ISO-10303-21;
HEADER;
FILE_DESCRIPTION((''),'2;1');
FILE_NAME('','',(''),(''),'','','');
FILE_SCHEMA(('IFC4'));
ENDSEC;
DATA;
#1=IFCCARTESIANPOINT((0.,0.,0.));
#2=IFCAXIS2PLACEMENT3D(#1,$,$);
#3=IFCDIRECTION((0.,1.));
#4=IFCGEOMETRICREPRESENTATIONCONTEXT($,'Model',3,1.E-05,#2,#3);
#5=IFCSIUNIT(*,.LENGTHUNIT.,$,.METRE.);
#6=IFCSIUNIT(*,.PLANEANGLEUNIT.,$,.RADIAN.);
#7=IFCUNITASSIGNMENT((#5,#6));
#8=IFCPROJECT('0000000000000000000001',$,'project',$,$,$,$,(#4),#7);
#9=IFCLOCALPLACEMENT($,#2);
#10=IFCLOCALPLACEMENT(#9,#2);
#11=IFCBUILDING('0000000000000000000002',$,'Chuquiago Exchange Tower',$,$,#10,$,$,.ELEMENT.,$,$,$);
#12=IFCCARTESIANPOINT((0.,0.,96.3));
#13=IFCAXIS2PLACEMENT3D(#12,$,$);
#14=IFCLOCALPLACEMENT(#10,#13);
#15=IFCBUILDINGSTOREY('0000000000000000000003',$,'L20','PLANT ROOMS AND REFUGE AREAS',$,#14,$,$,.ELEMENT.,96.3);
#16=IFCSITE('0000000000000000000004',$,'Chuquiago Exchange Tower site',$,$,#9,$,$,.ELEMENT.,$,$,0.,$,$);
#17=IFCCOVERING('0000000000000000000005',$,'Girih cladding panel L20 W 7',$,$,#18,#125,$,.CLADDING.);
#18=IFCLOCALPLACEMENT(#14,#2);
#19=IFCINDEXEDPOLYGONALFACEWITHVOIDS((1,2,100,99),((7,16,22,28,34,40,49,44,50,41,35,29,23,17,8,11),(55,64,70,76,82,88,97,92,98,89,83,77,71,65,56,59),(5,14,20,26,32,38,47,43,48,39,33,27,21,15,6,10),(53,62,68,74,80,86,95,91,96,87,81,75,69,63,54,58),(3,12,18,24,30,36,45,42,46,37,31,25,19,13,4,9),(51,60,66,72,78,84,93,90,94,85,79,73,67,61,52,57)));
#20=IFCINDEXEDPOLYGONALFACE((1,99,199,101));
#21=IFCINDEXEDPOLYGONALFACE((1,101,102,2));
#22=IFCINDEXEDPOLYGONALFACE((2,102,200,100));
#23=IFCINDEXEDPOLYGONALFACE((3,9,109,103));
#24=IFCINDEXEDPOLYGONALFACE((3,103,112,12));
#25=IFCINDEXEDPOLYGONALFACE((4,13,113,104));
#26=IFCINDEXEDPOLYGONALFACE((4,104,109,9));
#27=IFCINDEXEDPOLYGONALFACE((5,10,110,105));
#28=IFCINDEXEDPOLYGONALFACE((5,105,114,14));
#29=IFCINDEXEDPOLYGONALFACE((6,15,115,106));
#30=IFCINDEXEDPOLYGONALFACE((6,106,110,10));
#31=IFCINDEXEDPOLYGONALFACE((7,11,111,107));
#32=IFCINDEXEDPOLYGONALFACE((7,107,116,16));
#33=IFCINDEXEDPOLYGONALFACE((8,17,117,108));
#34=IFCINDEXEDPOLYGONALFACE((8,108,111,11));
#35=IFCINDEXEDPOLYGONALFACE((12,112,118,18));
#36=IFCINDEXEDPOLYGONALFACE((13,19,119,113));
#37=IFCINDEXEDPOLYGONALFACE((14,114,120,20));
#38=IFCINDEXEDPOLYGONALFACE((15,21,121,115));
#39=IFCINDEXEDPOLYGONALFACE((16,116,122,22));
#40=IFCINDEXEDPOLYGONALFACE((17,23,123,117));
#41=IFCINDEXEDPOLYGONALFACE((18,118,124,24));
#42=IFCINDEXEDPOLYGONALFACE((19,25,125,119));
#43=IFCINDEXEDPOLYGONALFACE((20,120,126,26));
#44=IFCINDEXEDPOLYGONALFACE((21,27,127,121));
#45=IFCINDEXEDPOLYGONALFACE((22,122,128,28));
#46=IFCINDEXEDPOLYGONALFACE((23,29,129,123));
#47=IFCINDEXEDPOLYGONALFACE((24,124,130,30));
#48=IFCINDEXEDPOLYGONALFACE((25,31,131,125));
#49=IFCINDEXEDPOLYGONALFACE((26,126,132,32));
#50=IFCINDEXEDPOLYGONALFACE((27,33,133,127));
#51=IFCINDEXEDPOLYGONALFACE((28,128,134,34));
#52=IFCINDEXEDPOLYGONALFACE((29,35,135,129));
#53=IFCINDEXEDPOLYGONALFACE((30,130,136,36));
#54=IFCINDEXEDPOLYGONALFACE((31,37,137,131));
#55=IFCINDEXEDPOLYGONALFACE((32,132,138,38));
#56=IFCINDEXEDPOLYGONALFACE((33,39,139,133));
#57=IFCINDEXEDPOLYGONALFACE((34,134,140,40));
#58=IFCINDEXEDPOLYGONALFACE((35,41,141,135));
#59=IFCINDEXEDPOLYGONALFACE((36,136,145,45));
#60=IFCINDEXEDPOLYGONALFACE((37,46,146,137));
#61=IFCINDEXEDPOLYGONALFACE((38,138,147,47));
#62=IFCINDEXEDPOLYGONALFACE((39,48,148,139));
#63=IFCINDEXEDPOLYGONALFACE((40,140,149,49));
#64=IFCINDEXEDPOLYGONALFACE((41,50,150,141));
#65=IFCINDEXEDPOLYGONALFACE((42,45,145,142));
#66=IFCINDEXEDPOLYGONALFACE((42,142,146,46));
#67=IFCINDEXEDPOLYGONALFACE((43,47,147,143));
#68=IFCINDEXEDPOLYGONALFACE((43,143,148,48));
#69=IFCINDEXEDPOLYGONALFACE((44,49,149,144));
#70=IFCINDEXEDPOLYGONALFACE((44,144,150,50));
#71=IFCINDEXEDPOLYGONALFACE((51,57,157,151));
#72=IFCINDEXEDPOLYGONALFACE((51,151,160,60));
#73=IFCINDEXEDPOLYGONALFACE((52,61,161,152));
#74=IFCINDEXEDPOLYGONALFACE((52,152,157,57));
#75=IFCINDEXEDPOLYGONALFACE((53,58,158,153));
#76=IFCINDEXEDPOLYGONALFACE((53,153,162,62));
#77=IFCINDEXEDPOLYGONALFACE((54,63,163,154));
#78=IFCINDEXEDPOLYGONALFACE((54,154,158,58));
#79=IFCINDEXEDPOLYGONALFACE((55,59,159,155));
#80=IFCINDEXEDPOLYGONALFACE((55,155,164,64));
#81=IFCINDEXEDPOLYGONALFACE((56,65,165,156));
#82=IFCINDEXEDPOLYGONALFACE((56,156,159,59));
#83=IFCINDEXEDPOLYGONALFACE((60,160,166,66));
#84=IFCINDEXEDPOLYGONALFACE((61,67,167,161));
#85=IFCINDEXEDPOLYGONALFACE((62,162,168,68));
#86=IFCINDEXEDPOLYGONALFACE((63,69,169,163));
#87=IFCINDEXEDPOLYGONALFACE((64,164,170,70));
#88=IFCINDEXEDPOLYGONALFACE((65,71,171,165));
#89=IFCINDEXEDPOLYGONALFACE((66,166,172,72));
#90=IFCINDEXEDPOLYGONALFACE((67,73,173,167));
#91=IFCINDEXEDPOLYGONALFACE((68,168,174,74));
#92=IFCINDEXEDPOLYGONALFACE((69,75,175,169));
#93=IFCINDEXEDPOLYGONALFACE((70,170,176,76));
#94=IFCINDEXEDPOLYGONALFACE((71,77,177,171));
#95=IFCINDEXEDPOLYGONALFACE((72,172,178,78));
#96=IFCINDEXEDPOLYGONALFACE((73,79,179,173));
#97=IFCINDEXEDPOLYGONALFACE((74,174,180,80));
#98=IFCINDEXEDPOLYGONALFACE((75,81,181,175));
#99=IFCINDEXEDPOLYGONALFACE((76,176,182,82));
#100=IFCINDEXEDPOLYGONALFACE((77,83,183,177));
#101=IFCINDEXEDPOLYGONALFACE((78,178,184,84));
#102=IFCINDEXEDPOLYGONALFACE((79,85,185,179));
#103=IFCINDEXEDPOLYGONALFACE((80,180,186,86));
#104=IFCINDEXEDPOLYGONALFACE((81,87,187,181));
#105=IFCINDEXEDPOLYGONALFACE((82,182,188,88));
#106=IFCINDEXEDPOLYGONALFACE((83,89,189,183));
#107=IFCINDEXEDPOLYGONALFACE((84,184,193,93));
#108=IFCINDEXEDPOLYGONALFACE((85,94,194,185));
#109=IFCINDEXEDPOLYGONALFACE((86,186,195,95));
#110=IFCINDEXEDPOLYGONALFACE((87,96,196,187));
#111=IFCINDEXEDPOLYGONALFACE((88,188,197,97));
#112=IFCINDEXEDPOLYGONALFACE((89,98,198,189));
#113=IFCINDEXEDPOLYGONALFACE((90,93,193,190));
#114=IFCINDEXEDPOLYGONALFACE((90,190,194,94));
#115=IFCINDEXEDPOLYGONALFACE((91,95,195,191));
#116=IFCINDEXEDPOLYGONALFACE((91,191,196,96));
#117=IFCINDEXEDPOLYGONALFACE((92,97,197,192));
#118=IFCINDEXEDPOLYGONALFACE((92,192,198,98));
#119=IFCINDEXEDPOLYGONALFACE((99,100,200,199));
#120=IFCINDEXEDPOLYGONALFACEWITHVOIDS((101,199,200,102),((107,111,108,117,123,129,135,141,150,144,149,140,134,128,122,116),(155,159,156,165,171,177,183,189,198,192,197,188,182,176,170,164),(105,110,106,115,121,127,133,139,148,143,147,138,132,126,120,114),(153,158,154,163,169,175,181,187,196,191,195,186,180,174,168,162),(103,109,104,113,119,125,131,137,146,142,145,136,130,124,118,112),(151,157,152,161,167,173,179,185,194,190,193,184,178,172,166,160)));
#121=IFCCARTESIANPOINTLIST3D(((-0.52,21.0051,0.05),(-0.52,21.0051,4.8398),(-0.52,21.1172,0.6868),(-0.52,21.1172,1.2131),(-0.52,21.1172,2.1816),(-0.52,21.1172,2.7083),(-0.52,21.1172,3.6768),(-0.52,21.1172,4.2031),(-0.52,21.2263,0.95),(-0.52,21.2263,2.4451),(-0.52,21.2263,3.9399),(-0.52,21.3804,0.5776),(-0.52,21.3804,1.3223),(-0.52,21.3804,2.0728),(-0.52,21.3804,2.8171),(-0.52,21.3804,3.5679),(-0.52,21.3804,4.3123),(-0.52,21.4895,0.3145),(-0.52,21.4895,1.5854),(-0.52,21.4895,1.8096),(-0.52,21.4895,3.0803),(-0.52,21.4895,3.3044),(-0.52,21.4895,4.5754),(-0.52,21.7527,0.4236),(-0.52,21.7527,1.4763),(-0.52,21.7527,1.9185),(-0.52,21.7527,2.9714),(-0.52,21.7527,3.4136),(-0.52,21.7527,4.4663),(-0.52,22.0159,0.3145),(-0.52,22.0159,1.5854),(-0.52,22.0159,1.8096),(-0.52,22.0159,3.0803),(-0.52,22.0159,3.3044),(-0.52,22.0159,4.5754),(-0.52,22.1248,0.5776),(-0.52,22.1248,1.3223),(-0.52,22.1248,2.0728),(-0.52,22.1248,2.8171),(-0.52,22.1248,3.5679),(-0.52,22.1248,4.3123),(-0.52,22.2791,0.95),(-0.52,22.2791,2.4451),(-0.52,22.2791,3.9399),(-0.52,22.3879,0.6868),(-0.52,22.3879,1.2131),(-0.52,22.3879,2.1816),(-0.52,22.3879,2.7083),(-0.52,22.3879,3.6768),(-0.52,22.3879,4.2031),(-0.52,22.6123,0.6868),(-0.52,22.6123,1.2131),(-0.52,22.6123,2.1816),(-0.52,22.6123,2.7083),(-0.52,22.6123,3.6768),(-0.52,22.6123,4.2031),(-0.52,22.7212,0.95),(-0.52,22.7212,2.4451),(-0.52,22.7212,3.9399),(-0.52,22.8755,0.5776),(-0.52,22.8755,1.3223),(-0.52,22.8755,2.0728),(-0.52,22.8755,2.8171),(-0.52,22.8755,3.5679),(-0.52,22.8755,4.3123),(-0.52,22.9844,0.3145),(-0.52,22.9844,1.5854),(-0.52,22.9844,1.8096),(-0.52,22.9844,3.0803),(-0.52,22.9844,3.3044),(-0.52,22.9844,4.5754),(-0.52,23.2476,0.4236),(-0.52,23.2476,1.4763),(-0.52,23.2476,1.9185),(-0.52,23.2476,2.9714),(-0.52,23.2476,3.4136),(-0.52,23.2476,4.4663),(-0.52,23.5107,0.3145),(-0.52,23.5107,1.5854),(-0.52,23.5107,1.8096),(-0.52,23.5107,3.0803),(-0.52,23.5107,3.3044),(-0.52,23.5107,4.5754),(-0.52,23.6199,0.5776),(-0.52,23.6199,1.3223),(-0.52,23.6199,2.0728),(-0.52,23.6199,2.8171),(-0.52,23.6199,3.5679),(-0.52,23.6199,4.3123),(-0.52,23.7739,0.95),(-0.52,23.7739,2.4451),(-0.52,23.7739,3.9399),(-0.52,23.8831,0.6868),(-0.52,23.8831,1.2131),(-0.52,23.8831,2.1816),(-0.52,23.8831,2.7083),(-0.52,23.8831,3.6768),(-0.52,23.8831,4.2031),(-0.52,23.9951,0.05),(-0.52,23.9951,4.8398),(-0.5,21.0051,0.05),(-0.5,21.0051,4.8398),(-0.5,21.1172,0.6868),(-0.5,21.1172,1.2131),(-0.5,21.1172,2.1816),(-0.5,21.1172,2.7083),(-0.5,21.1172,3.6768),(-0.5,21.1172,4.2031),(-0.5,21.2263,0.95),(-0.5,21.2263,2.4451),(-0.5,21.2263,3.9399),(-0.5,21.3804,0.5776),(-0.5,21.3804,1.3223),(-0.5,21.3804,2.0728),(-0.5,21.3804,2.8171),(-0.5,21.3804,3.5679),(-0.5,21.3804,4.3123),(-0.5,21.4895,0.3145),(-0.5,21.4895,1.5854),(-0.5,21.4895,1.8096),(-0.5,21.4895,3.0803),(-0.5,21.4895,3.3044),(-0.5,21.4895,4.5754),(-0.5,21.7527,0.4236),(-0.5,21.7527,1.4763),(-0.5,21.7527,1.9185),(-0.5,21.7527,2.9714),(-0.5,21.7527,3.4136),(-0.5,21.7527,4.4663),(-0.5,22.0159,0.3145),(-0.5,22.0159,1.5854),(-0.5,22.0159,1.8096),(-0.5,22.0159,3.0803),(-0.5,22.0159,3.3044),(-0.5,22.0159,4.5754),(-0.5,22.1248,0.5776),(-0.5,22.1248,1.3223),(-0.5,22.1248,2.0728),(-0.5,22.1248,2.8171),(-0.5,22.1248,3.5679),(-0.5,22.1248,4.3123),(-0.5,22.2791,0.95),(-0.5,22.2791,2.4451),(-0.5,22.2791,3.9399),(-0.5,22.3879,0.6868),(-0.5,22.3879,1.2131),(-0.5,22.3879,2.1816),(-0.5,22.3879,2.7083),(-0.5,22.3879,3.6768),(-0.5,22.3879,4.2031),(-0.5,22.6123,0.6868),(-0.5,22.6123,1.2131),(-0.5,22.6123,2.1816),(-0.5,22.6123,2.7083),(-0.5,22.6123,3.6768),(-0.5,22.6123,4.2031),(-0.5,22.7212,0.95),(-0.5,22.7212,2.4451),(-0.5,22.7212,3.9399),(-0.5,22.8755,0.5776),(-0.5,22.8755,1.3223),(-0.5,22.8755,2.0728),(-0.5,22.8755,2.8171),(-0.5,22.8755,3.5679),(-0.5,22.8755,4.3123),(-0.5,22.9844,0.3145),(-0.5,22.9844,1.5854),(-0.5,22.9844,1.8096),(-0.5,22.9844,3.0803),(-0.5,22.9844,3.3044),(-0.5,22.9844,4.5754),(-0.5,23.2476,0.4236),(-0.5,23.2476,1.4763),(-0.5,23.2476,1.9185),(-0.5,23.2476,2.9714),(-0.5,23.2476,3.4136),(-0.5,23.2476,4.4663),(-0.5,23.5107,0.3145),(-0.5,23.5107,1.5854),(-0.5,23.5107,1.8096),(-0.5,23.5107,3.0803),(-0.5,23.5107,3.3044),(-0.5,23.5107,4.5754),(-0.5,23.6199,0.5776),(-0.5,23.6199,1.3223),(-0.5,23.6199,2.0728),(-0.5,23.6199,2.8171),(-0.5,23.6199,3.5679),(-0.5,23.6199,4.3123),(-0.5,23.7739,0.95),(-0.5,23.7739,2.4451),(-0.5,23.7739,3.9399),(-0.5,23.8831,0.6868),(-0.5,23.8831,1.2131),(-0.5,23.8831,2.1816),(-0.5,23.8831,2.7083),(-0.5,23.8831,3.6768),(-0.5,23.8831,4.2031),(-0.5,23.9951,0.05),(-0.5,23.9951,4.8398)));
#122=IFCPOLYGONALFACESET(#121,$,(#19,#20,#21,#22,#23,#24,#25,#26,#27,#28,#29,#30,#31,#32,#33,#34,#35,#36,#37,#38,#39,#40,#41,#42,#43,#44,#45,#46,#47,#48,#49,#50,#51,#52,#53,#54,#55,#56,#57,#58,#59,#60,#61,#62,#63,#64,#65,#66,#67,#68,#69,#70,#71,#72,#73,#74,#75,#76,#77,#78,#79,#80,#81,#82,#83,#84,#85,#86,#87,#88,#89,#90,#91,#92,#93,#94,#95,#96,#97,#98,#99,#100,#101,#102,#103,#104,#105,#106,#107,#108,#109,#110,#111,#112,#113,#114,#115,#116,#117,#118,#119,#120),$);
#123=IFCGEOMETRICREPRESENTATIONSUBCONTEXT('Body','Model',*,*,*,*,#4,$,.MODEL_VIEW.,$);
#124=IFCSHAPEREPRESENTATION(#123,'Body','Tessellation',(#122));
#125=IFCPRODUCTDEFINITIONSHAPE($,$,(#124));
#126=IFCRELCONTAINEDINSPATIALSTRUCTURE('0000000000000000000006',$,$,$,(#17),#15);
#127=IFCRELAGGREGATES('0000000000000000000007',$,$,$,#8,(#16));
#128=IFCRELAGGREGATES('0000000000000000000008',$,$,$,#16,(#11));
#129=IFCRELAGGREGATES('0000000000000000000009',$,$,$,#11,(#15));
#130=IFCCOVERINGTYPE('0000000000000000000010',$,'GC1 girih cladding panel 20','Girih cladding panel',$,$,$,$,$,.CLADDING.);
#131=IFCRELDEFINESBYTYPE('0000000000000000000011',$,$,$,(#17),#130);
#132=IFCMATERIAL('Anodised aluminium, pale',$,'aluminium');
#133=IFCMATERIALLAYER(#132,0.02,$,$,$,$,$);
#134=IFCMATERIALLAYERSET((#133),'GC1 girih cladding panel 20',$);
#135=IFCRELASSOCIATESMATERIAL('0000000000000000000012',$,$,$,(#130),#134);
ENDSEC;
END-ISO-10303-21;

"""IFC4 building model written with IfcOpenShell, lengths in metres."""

from ifc_helpers import new_model, si_unit, direction, frame, origin, place, context, subcontext, project, spatial, polyline, outline, extrude, material, layer, layer_set, type_object, element, save


model = new_model("IFC4")

# Units and contexts
model_context = context("Model", 3, precision=1e-05, world=origin(), true_north=direction((0.0, 1.0)))
body_context = subcontext(model_context, "Body", "Model", "MODEL_VIEW")
ifc_project = project(units=[si_unit("LENGTHUNIT", "METRE"), si_unit("PLANEANGLEUNIT", "RADIAN")], contexts=[model_context])

# Site, building, storey
site_placement = place(None, origin())
site = spatial("IfcSite", under=ifc_project, at=site_placement, Name="Chuquiago Exchange Tower site", CompositionType="ELEMENT", RefElevation=0.0)
building_placement = place(site_placement, origin())
building = spatial("IfcBuilding", under=site, at=building_placement, Name="Chuquiago Exchange Tower", CompositionType="ELEMENT")
storey_placement = place(building_placement, frame((0.0, 0.0, 96.3)))
storey = spatial("IfcBuildingStorey", under=building, at=storey_placement, Name="L20", Description="PLANT ROOMS AND REFUGE AREAS", CompositionType="ELEMENT", Elevation=96.3)

# Covering
ifc_material_1 = material(Name="Anodised aluminium, pale", Category="aluminium")
ifc_layer_1 = layer(ifc_material_1, 0.02)
ifc_layer_set_1 = layer_set([ifc_layer_1], Name="GC1 girih cladding panel 20")
covering_type = type_object("IfcCoveringType", Name="GC1 girih cladding panel 20", Description="Girih cladding panel", PredefinedType="CLADDING", material=ifc_layer_set_1)
covering_1_placement = place(storey_placement, frame((-0.5, 23.9951, 0.05), z_axis=(0.0, 0.0, 1.0), x_axis=(0.0, -1.0, 0.0)))
element("IfcCovering", 1, at=covering_1_placement, inside=storey, type_object=covering_type, Name="Girih cladding panel L20 W 7", PredefinedType="CLADDING", context=body_context, shape_type="SweptSolid", body=[
    extrude(outline(polyline([(0.0, 0.0), (2.99, 0.0), (2.99, 4.7898), (0.0, 4.7898), (0.0, 0.0)]), holes=[polyline([(1.2739, 0.8999), (1.3828, 1.1631), (1.1196, 1.2722), (1.0107, 1.5354), (0.7476, 1.4263), (0.4844, 1.5354), (0.3752, 1.2722), (0.1121, 1.1631), (0.2212, 0.8999), (0.1121, 0.6367), (0.3752, 0.5276), (0.4844, 0.2644), (0.7476, 0.3735), (1.0107, 0.2644), (1.1196, 0.5276), (1.3828, 0.6367), (1.2739, 0.8999)]), polyline([(2.7688, 0.8999), (2.8779, 1.1631), (2.6147, 1.2722), (2.5056, 1.5354), (2.2424, 1.4263), (1.9792, 1.5354), (1.8704, 1.2722), (1.6072, 1.1631), (1.7161, 0.8999), (1.6072, 0.6367), (1.8704, 0.5276), (1.9792, 0.2644), (2.2424, 0.3735), (2.5056, 0.2644), (2.6147, 0.5276), (2.8779, 0.6367), (2.7688, 0.8999)]), polyline([(1.2739, 2.395), (1.3828, 2.6582), (1.1196, 2.7671), (1.0107, 3.0303), (0.7476, 2.9214), (0.4844, 3.0303), (0.3752, 2.7671), (0.1121, 2.6582), (0.2212, 2.395), (0.1121, 2.1316), (0.3752, 2.0227), (0.4844, 1.7595), (0.7476, 1.8684), (1.0107, 1.7595), (1.1196, 2.0227), (1.3828, 2.1316), (1.2739, 2.395)]), polyline([(2.7688, 2.395), (2.8779, 2.6582), (2.6147, 2.7671), (2.5056, 3.0303), (2.2424, 2.9214), (1.9792, 3.0303), (1.8704, 2.7671), (1.6072, 2.6582), (1.7161, 2.395), (1.6072, 2.1316), (1.8704, 2.0227), (1.9792, 1.7595), (2.2424, 1.8684), (2.5056, 1.7595), (2.6147, 2.0227), (2.8779, 2.1316), (2.7688, 2.395)]), polyline([(1.2739, 3.8899), (1.3828, 4.1531), (1.1196, 4.2622), (1.0107, 4.5254), (0.7476, 4.4163), (0.4844, 4.5254), (0.3752, 4.2622), (0.1121, 4.1531), (0.2212, 3.8899), (0.1121, 3.6267), (0.3752, 3.5178), (0.4844, 3.2544), (0.7476, 3.3635), (1.0107, 3.2544), (1.1196, 3.5178), (1.3828, 3.6267), (1.2739, 3.8899)]), polyline([(2.7688, 3.8899), (2.8779, 4.1531), (2.6147, 4.2622), (2.5056, 4.5254), (2.2424, 4.4163), (1.9792, 4.5254), (1.8704, 4.2622), (1.6072, 4.1531), (1.7161, 3.8899), (1.6072, 3.6267), (1.8704, 3.5178), (1.9792, 3.2544), (2.2424, 3.3635), (2.5056, 3.2544), (2.6147, 3.5178), (2.8779, 3.6267), (2.7688, 3.8899)])]), frame((0.0, 0.0, 0.0), z_axis=(0.0, -1.0, 0.0), x_axis=(1.0, 0.0, 0.0)), (0.0, 0.0, 1.0), 0.02),
])

save(model, "model.ifc")
